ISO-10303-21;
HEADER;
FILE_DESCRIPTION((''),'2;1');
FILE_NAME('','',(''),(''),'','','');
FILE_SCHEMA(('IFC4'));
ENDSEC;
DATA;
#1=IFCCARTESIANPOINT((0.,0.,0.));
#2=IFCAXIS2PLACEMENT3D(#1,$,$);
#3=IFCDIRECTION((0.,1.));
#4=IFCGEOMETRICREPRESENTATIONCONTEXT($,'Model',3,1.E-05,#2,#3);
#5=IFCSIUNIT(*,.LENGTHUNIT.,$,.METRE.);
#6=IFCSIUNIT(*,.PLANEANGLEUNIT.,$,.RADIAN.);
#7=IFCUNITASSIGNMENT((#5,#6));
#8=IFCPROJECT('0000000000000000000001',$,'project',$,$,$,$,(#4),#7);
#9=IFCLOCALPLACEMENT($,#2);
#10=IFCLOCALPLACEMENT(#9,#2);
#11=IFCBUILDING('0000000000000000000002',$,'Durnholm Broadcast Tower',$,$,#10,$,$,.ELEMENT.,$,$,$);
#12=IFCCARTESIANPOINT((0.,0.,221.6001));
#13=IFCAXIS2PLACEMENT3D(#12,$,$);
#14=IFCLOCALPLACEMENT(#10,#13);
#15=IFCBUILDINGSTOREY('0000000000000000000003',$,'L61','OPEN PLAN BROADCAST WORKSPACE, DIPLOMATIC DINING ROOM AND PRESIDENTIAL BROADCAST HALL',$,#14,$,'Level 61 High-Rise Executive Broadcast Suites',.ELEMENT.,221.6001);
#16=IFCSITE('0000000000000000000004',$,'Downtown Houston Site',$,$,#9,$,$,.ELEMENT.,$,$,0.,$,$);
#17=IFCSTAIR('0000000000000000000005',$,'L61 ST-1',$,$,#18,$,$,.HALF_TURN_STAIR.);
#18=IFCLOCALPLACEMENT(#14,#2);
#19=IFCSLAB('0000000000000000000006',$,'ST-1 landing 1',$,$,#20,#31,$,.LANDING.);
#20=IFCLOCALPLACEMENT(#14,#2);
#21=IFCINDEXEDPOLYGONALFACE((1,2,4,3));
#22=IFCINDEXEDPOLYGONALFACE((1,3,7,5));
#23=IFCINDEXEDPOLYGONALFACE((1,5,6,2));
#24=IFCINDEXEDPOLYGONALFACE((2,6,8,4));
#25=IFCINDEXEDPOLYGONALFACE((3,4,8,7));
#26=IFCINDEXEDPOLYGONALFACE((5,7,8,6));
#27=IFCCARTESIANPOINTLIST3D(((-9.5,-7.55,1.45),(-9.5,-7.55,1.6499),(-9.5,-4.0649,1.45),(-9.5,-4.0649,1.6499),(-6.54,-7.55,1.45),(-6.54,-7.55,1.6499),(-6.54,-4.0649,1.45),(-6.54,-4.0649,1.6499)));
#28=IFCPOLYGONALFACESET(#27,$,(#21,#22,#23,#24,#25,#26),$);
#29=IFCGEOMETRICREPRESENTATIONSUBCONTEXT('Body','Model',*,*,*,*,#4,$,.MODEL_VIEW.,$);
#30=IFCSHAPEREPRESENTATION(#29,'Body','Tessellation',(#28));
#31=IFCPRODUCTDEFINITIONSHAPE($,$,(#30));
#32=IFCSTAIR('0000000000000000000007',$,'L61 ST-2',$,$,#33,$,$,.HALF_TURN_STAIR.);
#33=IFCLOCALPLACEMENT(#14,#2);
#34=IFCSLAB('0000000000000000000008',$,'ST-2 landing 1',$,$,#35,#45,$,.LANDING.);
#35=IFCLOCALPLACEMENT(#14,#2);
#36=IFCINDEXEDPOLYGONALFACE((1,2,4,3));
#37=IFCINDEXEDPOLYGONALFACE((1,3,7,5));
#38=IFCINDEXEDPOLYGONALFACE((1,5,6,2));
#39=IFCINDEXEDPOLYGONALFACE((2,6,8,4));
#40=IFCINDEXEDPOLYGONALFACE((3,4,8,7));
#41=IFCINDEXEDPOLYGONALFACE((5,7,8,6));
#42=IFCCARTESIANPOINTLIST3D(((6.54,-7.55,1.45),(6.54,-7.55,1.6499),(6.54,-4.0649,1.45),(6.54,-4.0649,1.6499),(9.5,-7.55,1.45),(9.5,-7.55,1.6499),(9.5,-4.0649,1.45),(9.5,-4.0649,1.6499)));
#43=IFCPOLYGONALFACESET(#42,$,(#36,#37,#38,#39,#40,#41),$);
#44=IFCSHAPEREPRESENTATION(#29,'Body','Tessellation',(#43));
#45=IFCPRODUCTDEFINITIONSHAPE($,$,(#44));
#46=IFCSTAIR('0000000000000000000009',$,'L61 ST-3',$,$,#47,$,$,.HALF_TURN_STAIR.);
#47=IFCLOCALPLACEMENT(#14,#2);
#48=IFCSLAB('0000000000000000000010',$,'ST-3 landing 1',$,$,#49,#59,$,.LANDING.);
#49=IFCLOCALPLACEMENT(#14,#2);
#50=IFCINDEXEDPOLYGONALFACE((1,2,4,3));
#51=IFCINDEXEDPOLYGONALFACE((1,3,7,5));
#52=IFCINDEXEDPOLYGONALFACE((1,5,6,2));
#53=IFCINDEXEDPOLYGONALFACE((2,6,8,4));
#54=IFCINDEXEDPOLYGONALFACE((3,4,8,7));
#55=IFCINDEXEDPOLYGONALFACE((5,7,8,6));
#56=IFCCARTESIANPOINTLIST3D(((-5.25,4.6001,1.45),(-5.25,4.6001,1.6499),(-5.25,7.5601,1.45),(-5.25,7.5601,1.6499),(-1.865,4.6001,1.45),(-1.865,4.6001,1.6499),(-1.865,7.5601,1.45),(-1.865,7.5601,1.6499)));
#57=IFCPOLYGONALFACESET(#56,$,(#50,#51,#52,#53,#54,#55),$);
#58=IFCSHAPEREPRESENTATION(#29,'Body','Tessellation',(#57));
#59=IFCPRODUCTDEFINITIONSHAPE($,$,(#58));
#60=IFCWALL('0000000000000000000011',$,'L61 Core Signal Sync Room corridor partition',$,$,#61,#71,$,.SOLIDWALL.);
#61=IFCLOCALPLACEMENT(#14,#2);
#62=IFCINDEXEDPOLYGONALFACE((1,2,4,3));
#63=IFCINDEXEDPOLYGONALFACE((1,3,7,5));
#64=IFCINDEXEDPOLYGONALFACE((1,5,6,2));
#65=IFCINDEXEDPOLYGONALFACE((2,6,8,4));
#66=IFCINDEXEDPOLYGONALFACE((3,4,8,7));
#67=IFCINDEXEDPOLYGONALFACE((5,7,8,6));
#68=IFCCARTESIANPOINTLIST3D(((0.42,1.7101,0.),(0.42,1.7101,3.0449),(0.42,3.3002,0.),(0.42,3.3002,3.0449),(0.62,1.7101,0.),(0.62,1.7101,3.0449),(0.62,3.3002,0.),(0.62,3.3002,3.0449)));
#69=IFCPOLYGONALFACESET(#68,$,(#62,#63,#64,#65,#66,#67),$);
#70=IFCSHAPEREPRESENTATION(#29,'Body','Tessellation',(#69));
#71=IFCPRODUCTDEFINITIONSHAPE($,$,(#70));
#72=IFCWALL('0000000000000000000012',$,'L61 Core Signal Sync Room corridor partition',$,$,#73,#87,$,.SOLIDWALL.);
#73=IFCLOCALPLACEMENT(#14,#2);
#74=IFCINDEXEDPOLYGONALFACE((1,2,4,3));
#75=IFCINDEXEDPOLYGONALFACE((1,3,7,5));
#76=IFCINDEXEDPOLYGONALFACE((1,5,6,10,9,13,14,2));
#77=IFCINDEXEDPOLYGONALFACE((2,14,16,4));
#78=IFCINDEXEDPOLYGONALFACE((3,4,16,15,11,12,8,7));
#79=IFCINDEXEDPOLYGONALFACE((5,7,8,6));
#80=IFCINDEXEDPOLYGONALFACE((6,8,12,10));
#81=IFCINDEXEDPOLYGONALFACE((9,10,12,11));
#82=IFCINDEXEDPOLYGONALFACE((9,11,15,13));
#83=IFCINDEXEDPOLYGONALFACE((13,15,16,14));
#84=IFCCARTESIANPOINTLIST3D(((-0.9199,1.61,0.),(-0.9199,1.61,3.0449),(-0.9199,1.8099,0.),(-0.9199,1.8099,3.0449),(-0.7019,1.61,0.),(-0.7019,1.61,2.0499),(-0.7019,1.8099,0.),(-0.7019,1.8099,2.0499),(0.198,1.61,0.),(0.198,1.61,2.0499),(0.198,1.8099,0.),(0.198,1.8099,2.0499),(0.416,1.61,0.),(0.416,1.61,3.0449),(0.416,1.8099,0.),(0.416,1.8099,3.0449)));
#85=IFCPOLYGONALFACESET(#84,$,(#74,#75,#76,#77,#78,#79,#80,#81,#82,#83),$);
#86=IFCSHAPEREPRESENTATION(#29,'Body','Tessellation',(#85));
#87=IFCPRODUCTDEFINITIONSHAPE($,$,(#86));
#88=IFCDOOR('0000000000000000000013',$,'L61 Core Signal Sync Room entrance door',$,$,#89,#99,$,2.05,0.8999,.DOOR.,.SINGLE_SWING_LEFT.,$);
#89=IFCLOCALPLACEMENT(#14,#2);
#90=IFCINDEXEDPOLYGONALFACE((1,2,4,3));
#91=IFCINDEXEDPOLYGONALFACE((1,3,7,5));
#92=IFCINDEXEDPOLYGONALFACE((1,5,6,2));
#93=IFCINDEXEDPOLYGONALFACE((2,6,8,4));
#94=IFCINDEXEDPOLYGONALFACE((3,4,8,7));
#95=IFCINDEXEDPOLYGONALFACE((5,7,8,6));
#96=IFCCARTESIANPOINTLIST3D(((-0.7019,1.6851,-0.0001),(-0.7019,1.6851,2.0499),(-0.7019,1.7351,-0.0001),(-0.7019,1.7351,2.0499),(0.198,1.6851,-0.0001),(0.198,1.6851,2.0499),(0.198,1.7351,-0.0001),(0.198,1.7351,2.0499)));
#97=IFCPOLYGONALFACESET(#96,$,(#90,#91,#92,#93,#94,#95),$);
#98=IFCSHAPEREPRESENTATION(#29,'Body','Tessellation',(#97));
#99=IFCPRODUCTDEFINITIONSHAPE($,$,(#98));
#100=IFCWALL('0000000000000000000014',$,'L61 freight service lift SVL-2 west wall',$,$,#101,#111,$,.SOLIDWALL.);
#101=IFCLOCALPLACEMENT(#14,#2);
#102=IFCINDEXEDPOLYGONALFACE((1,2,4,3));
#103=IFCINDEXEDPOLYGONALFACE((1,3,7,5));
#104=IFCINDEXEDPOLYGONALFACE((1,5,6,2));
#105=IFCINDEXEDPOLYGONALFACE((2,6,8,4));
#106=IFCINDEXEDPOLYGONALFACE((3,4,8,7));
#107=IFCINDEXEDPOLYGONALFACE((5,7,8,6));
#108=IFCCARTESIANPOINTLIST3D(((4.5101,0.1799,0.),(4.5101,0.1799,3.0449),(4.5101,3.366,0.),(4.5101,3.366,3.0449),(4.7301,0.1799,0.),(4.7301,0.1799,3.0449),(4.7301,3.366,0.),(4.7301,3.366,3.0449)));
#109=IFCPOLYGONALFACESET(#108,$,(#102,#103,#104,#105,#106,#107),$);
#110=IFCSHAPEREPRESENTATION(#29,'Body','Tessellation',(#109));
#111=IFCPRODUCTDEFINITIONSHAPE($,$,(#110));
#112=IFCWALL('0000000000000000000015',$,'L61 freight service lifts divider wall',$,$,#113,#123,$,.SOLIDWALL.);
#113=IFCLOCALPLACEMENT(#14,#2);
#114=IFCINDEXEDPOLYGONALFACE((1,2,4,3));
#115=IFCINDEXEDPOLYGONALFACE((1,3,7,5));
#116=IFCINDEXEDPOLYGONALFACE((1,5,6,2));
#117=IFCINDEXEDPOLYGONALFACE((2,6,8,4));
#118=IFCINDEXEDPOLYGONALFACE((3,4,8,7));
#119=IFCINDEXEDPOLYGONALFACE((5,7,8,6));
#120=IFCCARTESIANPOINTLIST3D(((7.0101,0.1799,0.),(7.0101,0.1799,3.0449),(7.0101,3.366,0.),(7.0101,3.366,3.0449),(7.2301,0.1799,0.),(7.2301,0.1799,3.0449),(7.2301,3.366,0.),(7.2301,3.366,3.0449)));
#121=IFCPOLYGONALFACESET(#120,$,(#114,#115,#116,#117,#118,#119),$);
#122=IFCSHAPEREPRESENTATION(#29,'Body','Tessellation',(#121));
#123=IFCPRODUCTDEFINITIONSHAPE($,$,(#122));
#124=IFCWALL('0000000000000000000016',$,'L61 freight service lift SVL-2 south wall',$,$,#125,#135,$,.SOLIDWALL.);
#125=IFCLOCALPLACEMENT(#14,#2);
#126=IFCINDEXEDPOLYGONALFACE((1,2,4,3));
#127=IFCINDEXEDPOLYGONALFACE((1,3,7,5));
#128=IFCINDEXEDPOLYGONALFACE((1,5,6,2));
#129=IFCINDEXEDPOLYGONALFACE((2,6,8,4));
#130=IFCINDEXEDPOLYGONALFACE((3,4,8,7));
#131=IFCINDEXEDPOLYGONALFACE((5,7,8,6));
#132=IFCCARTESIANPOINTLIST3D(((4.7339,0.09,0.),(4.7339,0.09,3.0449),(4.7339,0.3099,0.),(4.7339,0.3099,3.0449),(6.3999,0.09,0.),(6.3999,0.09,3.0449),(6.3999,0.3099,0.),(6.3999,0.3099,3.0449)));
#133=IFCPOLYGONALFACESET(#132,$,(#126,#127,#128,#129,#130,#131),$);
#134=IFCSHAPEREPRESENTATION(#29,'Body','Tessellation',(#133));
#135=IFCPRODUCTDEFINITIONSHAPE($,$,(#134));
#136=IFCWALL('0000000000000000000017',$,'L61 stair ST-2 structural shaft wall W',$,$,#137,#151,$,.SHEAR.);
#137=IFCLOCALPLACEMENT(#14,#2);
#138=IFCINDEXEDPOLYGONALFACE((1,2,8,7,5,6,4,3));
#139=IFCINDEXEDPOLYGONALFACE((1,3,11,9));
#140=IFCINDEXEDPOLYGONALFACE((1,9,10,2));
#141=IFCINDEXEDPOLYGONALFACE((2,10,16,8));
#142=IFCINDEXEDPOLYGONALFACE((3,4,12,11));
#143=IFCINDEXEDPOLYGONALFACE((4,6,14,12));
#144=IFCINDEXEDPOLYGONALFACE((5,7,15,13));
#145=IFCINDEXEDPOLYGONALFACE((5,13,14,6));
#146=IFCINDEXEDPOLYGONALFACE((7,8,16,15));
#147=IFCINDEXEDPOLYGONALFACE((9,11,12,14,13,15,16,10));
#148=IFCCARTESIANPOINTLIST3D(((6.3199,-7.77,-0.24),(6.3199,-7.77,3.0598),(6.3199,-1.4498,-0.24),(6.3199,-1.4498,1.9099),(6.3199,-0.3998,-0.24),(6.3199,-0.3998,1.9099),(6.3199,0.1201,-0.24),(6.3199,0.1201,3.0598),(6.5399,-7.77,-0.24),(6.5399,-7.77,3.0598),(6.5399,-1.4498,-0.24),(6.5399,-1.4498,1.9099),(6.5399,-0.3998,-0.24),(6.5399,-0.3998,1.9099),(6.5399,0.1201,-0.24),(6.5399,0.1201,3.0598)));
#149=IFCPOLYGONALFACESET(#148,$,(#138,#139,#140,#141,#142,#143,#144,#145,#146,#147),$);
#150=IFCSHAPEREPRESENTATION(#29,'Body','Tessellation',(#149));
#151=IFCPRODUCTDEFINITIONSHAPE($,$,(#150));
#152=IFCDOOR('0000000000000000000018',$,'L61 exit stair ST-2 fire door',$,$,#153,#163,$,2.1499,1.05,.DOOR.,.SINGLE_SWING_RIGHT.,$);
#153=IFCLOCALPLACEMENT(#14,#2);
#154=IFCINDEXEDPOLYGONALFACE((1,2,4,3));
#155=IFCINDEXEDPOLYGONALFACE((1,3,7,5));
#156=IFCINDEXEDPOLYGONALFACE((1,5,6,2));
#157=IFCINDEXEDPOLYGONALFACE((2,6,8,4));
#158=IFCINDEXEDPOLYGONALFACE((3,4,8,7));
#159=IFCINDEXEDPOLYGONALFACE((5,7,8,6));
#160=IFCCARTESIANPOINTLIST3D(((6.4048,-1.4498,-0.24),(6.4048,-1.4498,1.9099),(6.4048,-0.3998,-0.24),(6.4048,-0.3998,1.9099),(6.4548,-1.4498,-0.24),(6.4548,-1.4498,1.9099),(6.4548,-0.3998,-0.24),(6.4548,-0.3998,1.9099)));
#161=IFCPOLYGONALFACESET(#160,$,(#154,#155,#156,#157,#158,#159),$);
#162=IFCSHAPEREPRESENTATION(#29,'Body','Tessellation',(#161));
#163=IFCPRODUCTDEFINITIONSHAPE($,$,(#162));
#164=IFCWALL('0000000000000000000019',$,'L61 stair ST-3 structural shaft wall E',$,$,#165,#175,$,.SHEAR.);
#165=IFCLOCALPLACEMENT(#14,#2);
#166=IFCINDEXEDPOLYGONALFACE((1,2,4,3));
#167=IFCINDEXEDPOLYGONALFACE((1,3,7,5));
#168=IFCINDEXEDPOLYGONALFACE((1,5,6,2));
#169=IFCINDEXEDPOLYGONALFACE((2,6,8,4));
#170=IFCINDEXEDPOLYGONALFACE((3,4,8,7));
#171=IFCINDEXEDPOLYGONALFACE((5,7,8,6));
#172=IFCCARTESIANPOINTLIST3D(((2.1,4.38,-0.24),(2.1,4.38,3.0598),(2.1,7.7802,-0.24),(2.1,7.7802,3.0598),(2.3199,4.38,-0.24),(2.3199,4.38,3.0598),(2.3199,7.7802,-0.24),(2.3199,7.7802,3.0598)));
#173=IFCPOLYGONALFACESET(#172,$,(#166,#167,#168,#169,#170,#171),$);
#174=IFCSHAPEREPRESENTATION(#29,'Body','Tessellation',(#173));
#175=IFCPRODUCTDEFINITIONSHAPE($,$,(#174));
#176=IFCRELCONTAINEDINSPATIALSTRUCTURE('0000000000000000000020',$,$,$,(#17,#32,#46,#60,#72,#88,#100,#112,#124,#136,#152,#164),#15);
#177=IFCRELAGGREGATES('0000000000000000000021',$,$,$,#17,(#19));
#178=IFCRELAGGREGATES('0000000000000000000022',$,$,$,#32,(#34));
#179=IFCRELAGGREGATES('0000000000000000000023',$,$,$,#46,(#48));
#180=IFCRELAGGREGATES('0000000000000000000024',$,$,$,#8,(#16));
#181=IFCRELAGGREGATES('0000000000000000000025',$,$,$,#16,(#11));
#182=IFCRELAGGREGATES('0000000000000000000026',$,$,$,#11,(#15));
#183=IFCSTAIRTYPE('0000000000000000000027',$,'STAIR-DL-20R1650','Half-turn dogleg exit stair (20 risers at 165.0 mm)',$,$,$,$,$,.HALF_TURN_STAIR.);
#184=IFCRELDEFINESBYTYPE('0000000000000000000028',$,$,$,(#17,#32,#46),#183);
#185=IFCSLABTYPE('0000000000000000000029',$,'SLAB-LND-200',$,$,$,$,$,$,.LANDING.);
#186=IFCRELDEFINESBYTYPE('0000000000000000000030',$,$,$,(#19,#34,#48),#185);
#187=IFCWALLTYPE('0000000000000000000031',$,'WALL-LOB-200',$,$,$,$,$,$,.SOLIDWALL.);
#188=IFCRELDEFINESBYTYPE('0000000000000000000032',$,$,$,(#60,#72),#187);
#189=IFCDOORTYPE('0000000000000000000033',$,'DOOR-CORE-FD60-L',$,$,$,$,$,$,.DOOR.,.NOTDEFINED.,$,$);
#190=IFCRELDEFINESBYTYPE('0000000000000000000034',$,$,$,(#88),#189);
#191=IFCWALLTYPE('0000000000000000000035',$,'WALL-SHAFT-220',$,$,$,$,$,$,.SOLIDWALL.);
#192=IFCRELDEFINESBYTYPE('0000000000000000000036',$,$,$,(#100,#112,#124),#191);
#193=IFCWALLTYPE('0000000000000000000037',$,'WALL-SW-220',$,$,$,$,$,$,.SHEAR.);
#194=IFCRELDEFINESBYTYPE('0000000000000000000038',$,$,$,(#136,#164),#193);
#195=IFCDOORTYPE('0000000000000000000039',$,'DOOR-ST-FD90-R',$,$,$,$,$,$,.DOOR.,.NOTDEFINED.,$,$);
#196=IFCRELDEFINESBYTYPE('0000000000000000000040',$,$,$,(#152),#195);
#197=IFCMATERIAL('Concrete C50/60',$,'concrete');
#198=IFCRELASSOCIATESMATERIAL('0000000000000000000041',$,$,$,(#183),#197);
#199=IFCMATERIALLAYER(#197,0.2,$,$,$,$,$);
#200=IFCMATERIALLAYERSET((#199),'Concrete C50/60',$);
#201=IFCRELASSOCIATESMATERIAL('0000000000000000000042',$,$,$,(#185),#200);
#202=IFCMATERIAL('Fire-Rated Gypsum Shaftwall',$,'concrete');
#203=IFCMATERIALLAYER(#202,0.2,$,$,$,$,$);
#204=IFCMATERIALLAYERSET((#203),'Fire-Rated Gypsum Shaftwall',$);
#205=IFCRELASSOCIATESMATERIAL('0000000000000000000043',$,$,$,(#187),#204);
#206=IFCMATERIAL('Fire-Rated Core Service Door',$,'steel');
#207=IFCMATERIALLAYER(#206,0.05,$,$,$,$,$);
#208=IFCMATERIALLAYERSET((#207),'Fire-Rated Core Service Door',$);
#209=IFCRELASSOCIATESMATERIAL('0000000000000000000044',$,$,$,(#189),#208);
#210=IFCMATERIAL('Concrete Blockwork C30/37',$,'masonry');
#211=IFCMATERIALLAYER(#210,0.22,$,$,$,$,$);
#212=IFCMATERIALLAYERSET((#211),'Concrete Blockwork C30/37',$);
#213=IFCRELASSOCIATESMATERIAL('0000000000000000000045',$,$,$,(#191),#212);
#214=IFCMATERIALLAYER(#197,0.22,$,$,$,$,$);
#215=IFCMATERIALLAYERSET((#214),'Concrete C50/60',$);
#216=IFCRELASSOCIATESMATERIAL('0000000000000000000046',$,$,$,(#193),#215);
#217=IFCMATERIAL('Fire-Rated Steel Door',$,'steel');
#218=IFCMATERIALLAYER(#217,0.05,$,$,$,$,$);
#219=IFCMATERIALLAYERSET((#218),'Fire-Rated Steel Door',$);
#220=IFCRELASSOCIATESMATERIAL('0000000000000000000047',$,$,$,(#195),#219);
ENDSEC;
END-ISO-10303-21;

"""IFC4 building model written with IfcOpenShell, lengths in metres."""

from ifc_helpers import new_model, si_unit, direction, frame, frame_2d, origin, place, context, subcontext, project, spatial, polyline, rectangle, outline, extrude, source, transform, mapped, material, layer, layer_set, type_object, type_shapes, element, fill, aggregate, save


model = new_model("IFC4")

# Units and contexts
model_context = context("Model", 3, precision=1e-05, world=origin(), true_north=direction((0.0, 1.0)))
body_context = subcontext(model_context, "Body", "Model", "MODEL_VIEW")
ifc_project = project(units=[si_unit("LENGTHUNIT", "METRE"), si_unit("PLANEANGLEUNIT", "RADIAN")], contexts=[model_context])

# Site, building, storey
site_placement = place(None, origin())
site = spatial("IfcSite", under=ifc_project, at=site_placement, Name="Downtown Houston Site", CompositionType="ELEMENT", RefElevation=0.0)
building_placement = place(site_placement, origin())
building = spatial("IfcBuilding", under=site, at=building_placement, Name="Durnholm Broadcast Tower", CompositionType="ELEMENT")
storey_placement = place(building_placement, frame((0.0, 0.0, 221.6001)))
storey = spatial("IfcBuildingStorey", under=building, at=storey_placement, Name="L61", Description="OPEN PLAN BROADCAST WORKSPACE, DIPLOMATIC DINING ROOM AND PRESIDENTIAL BROADCAST HALL", LongName="Level 61 High-Rise Executive Broadcast Suites", CompositionType="ELEMENT", Elevation=221.6001)

# Stairs, slabs
ifc_material_1 = material(Name="Concrete C50/60", Category="concrete")
stair_type = type_object("IfcStairType", Name="STAIR-DL-20R1650", Description="Half-turn dogleg exit stair (20 risers at 165.0 mm)", PredefinedType="HALF_TURN_STAIR", material=ifc_material_1)
stair_1_placement = place(storey_placement, origin())
stair_1 = element("IfcStair", 1, at=stair_1_placement, inside=storey, type_object=stair_type, Name="L61 ST-1", PredefinedType="HALF_TURN_STAIR")
ifc_layer_1 = layer(ifc_material_1, 0.2)
ifc_layer_set_1 = layer_set([ifc_layer_1], Name="Concrete C50/60")
slab_type = type_object("IfcSlabType", Name="SLAB-LND-200", PredefinedType="LANDING", material=ifc_layer_set_1)
slab_1_placement = place(storey_placement, frame((0.0, 0.0, 1.45)))
slab_1 = element("IfcSlab", 2, at=slab_1_placement, type_object=slab_type, Name="ST-1 landing 1", PredefinedType="LANDING", context=body_context, shape_type="SweptSolid", body=[
    extrude(outline(polyline([(-9.5, -4.0649), (-9.5, -7.55), (-6.54, -7.55), (-6.54, -4.0649), (-9.5, -4.0649)])), origin(), (0.0, 0.0, 1.0), 0.2),
])
aggregate(stair_1, [slab_1])
stair_2_placement = place(storey_placement, origin())
stair_2 = element("IfcStair", 3, at=stair_2_placement, inside=storey, type_object=stair_type, Name="L61 ST-2", PredefinedType="HALF_TURN_STAIR")
slab_2_placement = place(storey_placement, frame((0.0, 0.0, 1.45)))
slab_2 = element("IfcSlab", 4, at=slab_2_placement, type_object=slab_type, Name="ST-2 landing 1", PredefinedType="LANDING", context=body_context, shape_type="SweptSolid", body=[
    extrude(outline(polyline([(6.54, -4.0649), (6.54, -7.55), (9.5, -7.55), (9.5, -4.0649), (6.54, -4.0649)])), origin(), (0.0, 0.0, 1.0), 0.2),
])
aggregate(stair_2, [slab_2])
stair_3_placement = place(storey_placement, origin())
stair_3 = element("IfcStair", 5, at=stair_3_placement, inside=storey, type_object=stair_type, Name="L61 ST-3", PredefinedType="HALF_TURN_STAIR")
slab_3_placement = place(storey_placement, frame((0.0, 0.0, 1.45)))
slab_3 = element("IfcSlab", 6, at=slab_3_placement, type_object=slab_type, Name="ST-3 landing 1", PredefinedType="LANDING", context=body_context, shape_type="SweptSolid", body=[
    extrude(outline(polyline([(-1.865, 7.5601), (-5.25, 7.5601), (-5.25, 4.6001), (-1.865, 4.6001), (-1.865, 7.5601)])), origin(), (0.0, 0.0, 1.0), 0.2),
])

# Wall
ifc_material_2 = material(Name="Fire-Rated Gypsum Shaftwall", Category="concrete")
ifc_layer_2 = layer(ifc_material_2, 0.2)
ifc_layer_set_2 = layer_set([ifc_layer_2], Name="Fire-Rated Gypsum Shaftwall")
wall_type_1 = type_object("IfcWallType", Name="WALL-LOB-200", PredefinedType="SOLIDWALL", material=ifc_layer_set_2)
wall_1_placement = place(storey_placement, frame((0.52, 3.3, 0.0), z_axis=(0.0, 0.0, 1.0), x_axis=(0.0, -1.0, 0.0)))
element("IfcWall", 7, at=wall_1_placement, inside=storey, type_object=wall_type_1, Name="L61 Core Signal Sync Room corridor partition", PredefinedType="SOLIDWALL", context=body_context, shape_type="SweptSolid", body=[
    extrude(rectangle(XDim=1.5901, YDim=0.2, at=frame_2d((0.7949, 0.0))), origin(), (0.0, 0.0, 1.0), 3.0449),
])

# Wall, opening, door
wall_2_placement = place(storey_placement, frame((0.416, 1.71, 0.0), z_axis=(0.0, 0.0, 1.0), x_axis=(-1.0, 0.0, 0.0)))
wall_2 = element("IfcWall", 8, at=wall_2_placement, inside=storey, type_object=wall_type_1, Name="L61 Core Signal Sync Room corridor partition", PredefinedType="SOLIDWALL", context=body_context, shape_type="SweptSolid", body=[
    extrude(rectangle(XDim=1.3359, YDim=0.2, at=frame_2d((0.668, 0.0))), origin(), (0.0, 0.0, 1.0), 3.0449),
])
opening_1_placement = place(wall_2_placement, frame((0.218, 0.0, 0.0)))
opening_1 = element("IfcOpeningElement", 9, at=opening_1_placement, cuts=wall_2, PredefinedType="OPENING", context=body_context, shape_type="SweptSolid", body=[
    extrude(rectangle(XDim=0.8999, YDim=2.05, at=frame_2d((0.45, 1.0249))), frame((0.0, 0.1099, 0.0), z_axis=(0.0, -1.0, 0.0), x_axis=(1.0, 0.0, 0.0)), (0.0, 0.0, 1.0), 0.22),
])
ifc_material_3 = material(Name="Fire-Rated Core Service Door", Category="steel")
ifc_layer_3 = layer(ifc_material_3, 0.05)
ifc_layer_set_3 = layer_set([ifc_layer_3], Name="Fire-Rated Core Service Door")
door_type_1 = type_object("IfcDoorType", Name="DOOR-CORE-FD60-L", OperationType="NOTDEFINED", PredefinedType="DOOR", material=ifc_layer_set_3)
shared_shape_1 = source(origin(), body_context, "Body", "SweptSolid", [
    extrude(rectangle(XDim=0.8999, YDim=2.05, at=frame_2d((0.45, 1.0249))), frame((0.0, 0.0249, 0.0), z_axis=(0.0, -1.0, 0.0), x_axis=(1.0, 0.0, 0.0)), (0.0, 0.0, 1.0), 0.05),
])
type_shapes(door_type_1, [shared_shape_1])
door_1_placement = place(opening_1_placement, origin())
door_1 = element("IfcDoor", 10, at=door_1_placement, inside=storey, type_object=door_type_1, Name="L61 Core Signal Sync Room entrance door", OperationType="SINGLE_SWING_LEFT", OverallHeight=2.05, OverallWidth=0.8999, PredefinedType="DOOR", context=body_context, shape_type="MappedRepresentation", body=[
    mapped(shared_shape_1, transform((0.0, 0.0, 0.0), x_axis=(1.0, 0.0, 0.0), y_axis=(0.0, 1.0, 0.0), z_axis=(0.0, 0.0, 1.0), scale=1.0)),
])
fill(opening_1, door_1)

# Shared definitions
ifc_material_4 = material(Name="Concrete Blockwork C30/37", Category="masonry")
ifc_layer_4 = layer(ifc_material_4, 0.22)
ifc_layer_set_4 = layer_set([ifc_layer_4], Name="Concrete Blockwork C30/37")
wall_type_2 = type_object("IfcWallType", Name="WALL-SHAFT-220", PredefinedType="SOLIDWALL", material=ifc_layer_set_4)

# Walls
for number, where, z_axis, x_axis, name in (
    (11, (4.6201, 0.1799, 0.0), (0.0, 0.0, 1.0), (0.0, 1.0, 0.0), "L61 freight service lift SVL-2 west wall"),
    (12, (7.1201, 0.1799, 0.0), (0.0, 0.0, 1.0), (0.0, 1.0, 0.0), "L61 freight service lifts divider wall"),
):
    element("IfcWall", number, at=place(storey_placement, frame(where, z_axis=z_axis, x_axis=x_axis)), inside=storey, type_object=wall_type_2, Name=name, PredefinedType="SOLIDWALL", context=body_context, shape_type="SweptSolid", body=[
        extrude(rectangle(XDim=3.186, YDim=0.22, at=frame_2d((1.593, 0.0))), origin(), (0.0, 0.0, 1.0), 3.0449),
    ])
wall_3_placement = place(storey_placement, frame((4.7339, 0.2, 0.0), z_axis=(0.0, 0.0, 1.0), x_axis=(1.0, 0.0, 0.0)))
element("IfcWall", 13, at=wall_3_placement, inside=storey, type_object=wall_type_2, Name="L61 freight service lift SVL-2 south wall", PredefinedType="SOLIDWALL", context=body_context, shape_type="SweptSolid", body=[
    extrude(rectangle(XDim=1.666, YDim=0.22, at=frame_2d((0.833, 0.0))), origin(), (0.0, 0.0, 1.0), 3.0449),
])

# Wall, opening, door
ifc_layer_5 = layer(ifc_material_1, 0.22)
ifc_layer_set_5 = layer_set([ifc_layer_5], Name="Concrete C50/60")
wall_type_3 = type_object("IfcWallType", Name="WALL-SW-220", PredefinedType="SHEAR", material=ifc_layer_set_5)
wall_4_placement = place(storey_placement, frame((6.4299, 0.1201, -0.24), z_axis=(0.0, 0.0, 1.0), x_axis=(0.0, -1.0, 0.0)))
wall_4 = element("IfcWall", 14, at=wall_4_placement, inside=storey, type_object=wall_type_3, Name="L61 stair ST-2 structural shaft wall W", PredefinedType="SHEAR", context=body_context, shape_type="SweptSolid", body=[
    extrude(rectangle(XDim=7.8901, YDim=0.22, at=frame_2d((3.9451, 0.0))), origin(), (0.0, 0.0, 1.0), 3.2998),
])
opening_2_placement = place(wall_4_placement, frame((0.52, 0.0, 0.0)))
opening_2 = element("IfcOpeningElement", 15, at=opening_2_placement, cuts=wall_4, PredefinedType="OPENING", context=body_context, shape_type="SweptSolid", body=[
    extrude(rectangle(XDim=1.05, YDim=2.1499, at=frame_2d((0.5249, 1.075))), frame((0.0, 0.1201, 0.0), z_axis=(0.0, -1.0, 0.0), x_axis=(1.0, 0.0, 0.0)), (0.0, 0.0, 1.0), 0.24),
])
ifc_material_5 = material(Name="Fire-Rated Steel Door", Category="steel")
ifc_layer_6 = layer(ifc_material_5, 0.05)
ifc_layer_set_6 = layer_set([ifc_layer_6], Name="Fire-Rated Steel Door")
door_type_2 = type_object("IfcDoorType", Name="DOOR-ST-FD90-R", OperationType="NOTDEFINED", PredefinedType="DOOR", material=ifc_layer_set_6)
shared_shape_2 = source(origin(), body_context, "Body", "SweptSolid", [
    extrude(rectangle(XDim=1.05, YDim=2.1499, at=frame_2d((0.5249, 1.075))), frame((0.0, 0.0249, 0.0), z_axis=(0.0, -1.0, 0.0), x_axis=(1.0, 0.0, 0.0)), (0.0, 0.0, 1.0), 0.05),
])
type_shapes(door_type_2, [shared_shape_2])
door_2_placement = place(opening_2_placement, origin())
door_2 = element("IfcDoor", 16, at=door_2_placement, inside=storey, type_object=door_type_2, Name="L61 exit stair ST-2 fire door", OperationType="SINGLE_SWING_RIGHT", OverallHeight=2.1499, OverallWidth=1.05, PredefinedType="DOOR", context=body_context, shape_type="MappedRepresentation", body=[
    mapped(shared_shape_2, transform((0.0, 0.0, 0.0), x_axis=(1.0, 0.0, 0.0), y_axis=(0.0, 1.0, 0.0), z_axis=(0.0, 0.0, 1.0), scale=1.0)),
])
fill(opening_2, door_2)

# Wall
wall_5_placement = place(storey_placement, frame((2.21, 4.3799, -0.24), z_axis=(0.0, 0.0, 1.0), x_axis=(0.0, 1.0, 0.0)))
element("IfcWall", 17, at=wall_5_placement, inside=storey, type_object=wall_type_3, Name="L61 stair ST-3 structural shaft wall E", PredefinedType="SHEAR", context=body_context, shape_type="SweptSolid", body=[
    extrude(rectangle(XDim=3.4001, YDim=0.22, at=frame_2d((1.7002, 0.0))), origin(), (0.0, 0.0, 1.0), 3.2998),
])

aggregate(stair_3, [slab_3])

save(model, "model.ifc")
